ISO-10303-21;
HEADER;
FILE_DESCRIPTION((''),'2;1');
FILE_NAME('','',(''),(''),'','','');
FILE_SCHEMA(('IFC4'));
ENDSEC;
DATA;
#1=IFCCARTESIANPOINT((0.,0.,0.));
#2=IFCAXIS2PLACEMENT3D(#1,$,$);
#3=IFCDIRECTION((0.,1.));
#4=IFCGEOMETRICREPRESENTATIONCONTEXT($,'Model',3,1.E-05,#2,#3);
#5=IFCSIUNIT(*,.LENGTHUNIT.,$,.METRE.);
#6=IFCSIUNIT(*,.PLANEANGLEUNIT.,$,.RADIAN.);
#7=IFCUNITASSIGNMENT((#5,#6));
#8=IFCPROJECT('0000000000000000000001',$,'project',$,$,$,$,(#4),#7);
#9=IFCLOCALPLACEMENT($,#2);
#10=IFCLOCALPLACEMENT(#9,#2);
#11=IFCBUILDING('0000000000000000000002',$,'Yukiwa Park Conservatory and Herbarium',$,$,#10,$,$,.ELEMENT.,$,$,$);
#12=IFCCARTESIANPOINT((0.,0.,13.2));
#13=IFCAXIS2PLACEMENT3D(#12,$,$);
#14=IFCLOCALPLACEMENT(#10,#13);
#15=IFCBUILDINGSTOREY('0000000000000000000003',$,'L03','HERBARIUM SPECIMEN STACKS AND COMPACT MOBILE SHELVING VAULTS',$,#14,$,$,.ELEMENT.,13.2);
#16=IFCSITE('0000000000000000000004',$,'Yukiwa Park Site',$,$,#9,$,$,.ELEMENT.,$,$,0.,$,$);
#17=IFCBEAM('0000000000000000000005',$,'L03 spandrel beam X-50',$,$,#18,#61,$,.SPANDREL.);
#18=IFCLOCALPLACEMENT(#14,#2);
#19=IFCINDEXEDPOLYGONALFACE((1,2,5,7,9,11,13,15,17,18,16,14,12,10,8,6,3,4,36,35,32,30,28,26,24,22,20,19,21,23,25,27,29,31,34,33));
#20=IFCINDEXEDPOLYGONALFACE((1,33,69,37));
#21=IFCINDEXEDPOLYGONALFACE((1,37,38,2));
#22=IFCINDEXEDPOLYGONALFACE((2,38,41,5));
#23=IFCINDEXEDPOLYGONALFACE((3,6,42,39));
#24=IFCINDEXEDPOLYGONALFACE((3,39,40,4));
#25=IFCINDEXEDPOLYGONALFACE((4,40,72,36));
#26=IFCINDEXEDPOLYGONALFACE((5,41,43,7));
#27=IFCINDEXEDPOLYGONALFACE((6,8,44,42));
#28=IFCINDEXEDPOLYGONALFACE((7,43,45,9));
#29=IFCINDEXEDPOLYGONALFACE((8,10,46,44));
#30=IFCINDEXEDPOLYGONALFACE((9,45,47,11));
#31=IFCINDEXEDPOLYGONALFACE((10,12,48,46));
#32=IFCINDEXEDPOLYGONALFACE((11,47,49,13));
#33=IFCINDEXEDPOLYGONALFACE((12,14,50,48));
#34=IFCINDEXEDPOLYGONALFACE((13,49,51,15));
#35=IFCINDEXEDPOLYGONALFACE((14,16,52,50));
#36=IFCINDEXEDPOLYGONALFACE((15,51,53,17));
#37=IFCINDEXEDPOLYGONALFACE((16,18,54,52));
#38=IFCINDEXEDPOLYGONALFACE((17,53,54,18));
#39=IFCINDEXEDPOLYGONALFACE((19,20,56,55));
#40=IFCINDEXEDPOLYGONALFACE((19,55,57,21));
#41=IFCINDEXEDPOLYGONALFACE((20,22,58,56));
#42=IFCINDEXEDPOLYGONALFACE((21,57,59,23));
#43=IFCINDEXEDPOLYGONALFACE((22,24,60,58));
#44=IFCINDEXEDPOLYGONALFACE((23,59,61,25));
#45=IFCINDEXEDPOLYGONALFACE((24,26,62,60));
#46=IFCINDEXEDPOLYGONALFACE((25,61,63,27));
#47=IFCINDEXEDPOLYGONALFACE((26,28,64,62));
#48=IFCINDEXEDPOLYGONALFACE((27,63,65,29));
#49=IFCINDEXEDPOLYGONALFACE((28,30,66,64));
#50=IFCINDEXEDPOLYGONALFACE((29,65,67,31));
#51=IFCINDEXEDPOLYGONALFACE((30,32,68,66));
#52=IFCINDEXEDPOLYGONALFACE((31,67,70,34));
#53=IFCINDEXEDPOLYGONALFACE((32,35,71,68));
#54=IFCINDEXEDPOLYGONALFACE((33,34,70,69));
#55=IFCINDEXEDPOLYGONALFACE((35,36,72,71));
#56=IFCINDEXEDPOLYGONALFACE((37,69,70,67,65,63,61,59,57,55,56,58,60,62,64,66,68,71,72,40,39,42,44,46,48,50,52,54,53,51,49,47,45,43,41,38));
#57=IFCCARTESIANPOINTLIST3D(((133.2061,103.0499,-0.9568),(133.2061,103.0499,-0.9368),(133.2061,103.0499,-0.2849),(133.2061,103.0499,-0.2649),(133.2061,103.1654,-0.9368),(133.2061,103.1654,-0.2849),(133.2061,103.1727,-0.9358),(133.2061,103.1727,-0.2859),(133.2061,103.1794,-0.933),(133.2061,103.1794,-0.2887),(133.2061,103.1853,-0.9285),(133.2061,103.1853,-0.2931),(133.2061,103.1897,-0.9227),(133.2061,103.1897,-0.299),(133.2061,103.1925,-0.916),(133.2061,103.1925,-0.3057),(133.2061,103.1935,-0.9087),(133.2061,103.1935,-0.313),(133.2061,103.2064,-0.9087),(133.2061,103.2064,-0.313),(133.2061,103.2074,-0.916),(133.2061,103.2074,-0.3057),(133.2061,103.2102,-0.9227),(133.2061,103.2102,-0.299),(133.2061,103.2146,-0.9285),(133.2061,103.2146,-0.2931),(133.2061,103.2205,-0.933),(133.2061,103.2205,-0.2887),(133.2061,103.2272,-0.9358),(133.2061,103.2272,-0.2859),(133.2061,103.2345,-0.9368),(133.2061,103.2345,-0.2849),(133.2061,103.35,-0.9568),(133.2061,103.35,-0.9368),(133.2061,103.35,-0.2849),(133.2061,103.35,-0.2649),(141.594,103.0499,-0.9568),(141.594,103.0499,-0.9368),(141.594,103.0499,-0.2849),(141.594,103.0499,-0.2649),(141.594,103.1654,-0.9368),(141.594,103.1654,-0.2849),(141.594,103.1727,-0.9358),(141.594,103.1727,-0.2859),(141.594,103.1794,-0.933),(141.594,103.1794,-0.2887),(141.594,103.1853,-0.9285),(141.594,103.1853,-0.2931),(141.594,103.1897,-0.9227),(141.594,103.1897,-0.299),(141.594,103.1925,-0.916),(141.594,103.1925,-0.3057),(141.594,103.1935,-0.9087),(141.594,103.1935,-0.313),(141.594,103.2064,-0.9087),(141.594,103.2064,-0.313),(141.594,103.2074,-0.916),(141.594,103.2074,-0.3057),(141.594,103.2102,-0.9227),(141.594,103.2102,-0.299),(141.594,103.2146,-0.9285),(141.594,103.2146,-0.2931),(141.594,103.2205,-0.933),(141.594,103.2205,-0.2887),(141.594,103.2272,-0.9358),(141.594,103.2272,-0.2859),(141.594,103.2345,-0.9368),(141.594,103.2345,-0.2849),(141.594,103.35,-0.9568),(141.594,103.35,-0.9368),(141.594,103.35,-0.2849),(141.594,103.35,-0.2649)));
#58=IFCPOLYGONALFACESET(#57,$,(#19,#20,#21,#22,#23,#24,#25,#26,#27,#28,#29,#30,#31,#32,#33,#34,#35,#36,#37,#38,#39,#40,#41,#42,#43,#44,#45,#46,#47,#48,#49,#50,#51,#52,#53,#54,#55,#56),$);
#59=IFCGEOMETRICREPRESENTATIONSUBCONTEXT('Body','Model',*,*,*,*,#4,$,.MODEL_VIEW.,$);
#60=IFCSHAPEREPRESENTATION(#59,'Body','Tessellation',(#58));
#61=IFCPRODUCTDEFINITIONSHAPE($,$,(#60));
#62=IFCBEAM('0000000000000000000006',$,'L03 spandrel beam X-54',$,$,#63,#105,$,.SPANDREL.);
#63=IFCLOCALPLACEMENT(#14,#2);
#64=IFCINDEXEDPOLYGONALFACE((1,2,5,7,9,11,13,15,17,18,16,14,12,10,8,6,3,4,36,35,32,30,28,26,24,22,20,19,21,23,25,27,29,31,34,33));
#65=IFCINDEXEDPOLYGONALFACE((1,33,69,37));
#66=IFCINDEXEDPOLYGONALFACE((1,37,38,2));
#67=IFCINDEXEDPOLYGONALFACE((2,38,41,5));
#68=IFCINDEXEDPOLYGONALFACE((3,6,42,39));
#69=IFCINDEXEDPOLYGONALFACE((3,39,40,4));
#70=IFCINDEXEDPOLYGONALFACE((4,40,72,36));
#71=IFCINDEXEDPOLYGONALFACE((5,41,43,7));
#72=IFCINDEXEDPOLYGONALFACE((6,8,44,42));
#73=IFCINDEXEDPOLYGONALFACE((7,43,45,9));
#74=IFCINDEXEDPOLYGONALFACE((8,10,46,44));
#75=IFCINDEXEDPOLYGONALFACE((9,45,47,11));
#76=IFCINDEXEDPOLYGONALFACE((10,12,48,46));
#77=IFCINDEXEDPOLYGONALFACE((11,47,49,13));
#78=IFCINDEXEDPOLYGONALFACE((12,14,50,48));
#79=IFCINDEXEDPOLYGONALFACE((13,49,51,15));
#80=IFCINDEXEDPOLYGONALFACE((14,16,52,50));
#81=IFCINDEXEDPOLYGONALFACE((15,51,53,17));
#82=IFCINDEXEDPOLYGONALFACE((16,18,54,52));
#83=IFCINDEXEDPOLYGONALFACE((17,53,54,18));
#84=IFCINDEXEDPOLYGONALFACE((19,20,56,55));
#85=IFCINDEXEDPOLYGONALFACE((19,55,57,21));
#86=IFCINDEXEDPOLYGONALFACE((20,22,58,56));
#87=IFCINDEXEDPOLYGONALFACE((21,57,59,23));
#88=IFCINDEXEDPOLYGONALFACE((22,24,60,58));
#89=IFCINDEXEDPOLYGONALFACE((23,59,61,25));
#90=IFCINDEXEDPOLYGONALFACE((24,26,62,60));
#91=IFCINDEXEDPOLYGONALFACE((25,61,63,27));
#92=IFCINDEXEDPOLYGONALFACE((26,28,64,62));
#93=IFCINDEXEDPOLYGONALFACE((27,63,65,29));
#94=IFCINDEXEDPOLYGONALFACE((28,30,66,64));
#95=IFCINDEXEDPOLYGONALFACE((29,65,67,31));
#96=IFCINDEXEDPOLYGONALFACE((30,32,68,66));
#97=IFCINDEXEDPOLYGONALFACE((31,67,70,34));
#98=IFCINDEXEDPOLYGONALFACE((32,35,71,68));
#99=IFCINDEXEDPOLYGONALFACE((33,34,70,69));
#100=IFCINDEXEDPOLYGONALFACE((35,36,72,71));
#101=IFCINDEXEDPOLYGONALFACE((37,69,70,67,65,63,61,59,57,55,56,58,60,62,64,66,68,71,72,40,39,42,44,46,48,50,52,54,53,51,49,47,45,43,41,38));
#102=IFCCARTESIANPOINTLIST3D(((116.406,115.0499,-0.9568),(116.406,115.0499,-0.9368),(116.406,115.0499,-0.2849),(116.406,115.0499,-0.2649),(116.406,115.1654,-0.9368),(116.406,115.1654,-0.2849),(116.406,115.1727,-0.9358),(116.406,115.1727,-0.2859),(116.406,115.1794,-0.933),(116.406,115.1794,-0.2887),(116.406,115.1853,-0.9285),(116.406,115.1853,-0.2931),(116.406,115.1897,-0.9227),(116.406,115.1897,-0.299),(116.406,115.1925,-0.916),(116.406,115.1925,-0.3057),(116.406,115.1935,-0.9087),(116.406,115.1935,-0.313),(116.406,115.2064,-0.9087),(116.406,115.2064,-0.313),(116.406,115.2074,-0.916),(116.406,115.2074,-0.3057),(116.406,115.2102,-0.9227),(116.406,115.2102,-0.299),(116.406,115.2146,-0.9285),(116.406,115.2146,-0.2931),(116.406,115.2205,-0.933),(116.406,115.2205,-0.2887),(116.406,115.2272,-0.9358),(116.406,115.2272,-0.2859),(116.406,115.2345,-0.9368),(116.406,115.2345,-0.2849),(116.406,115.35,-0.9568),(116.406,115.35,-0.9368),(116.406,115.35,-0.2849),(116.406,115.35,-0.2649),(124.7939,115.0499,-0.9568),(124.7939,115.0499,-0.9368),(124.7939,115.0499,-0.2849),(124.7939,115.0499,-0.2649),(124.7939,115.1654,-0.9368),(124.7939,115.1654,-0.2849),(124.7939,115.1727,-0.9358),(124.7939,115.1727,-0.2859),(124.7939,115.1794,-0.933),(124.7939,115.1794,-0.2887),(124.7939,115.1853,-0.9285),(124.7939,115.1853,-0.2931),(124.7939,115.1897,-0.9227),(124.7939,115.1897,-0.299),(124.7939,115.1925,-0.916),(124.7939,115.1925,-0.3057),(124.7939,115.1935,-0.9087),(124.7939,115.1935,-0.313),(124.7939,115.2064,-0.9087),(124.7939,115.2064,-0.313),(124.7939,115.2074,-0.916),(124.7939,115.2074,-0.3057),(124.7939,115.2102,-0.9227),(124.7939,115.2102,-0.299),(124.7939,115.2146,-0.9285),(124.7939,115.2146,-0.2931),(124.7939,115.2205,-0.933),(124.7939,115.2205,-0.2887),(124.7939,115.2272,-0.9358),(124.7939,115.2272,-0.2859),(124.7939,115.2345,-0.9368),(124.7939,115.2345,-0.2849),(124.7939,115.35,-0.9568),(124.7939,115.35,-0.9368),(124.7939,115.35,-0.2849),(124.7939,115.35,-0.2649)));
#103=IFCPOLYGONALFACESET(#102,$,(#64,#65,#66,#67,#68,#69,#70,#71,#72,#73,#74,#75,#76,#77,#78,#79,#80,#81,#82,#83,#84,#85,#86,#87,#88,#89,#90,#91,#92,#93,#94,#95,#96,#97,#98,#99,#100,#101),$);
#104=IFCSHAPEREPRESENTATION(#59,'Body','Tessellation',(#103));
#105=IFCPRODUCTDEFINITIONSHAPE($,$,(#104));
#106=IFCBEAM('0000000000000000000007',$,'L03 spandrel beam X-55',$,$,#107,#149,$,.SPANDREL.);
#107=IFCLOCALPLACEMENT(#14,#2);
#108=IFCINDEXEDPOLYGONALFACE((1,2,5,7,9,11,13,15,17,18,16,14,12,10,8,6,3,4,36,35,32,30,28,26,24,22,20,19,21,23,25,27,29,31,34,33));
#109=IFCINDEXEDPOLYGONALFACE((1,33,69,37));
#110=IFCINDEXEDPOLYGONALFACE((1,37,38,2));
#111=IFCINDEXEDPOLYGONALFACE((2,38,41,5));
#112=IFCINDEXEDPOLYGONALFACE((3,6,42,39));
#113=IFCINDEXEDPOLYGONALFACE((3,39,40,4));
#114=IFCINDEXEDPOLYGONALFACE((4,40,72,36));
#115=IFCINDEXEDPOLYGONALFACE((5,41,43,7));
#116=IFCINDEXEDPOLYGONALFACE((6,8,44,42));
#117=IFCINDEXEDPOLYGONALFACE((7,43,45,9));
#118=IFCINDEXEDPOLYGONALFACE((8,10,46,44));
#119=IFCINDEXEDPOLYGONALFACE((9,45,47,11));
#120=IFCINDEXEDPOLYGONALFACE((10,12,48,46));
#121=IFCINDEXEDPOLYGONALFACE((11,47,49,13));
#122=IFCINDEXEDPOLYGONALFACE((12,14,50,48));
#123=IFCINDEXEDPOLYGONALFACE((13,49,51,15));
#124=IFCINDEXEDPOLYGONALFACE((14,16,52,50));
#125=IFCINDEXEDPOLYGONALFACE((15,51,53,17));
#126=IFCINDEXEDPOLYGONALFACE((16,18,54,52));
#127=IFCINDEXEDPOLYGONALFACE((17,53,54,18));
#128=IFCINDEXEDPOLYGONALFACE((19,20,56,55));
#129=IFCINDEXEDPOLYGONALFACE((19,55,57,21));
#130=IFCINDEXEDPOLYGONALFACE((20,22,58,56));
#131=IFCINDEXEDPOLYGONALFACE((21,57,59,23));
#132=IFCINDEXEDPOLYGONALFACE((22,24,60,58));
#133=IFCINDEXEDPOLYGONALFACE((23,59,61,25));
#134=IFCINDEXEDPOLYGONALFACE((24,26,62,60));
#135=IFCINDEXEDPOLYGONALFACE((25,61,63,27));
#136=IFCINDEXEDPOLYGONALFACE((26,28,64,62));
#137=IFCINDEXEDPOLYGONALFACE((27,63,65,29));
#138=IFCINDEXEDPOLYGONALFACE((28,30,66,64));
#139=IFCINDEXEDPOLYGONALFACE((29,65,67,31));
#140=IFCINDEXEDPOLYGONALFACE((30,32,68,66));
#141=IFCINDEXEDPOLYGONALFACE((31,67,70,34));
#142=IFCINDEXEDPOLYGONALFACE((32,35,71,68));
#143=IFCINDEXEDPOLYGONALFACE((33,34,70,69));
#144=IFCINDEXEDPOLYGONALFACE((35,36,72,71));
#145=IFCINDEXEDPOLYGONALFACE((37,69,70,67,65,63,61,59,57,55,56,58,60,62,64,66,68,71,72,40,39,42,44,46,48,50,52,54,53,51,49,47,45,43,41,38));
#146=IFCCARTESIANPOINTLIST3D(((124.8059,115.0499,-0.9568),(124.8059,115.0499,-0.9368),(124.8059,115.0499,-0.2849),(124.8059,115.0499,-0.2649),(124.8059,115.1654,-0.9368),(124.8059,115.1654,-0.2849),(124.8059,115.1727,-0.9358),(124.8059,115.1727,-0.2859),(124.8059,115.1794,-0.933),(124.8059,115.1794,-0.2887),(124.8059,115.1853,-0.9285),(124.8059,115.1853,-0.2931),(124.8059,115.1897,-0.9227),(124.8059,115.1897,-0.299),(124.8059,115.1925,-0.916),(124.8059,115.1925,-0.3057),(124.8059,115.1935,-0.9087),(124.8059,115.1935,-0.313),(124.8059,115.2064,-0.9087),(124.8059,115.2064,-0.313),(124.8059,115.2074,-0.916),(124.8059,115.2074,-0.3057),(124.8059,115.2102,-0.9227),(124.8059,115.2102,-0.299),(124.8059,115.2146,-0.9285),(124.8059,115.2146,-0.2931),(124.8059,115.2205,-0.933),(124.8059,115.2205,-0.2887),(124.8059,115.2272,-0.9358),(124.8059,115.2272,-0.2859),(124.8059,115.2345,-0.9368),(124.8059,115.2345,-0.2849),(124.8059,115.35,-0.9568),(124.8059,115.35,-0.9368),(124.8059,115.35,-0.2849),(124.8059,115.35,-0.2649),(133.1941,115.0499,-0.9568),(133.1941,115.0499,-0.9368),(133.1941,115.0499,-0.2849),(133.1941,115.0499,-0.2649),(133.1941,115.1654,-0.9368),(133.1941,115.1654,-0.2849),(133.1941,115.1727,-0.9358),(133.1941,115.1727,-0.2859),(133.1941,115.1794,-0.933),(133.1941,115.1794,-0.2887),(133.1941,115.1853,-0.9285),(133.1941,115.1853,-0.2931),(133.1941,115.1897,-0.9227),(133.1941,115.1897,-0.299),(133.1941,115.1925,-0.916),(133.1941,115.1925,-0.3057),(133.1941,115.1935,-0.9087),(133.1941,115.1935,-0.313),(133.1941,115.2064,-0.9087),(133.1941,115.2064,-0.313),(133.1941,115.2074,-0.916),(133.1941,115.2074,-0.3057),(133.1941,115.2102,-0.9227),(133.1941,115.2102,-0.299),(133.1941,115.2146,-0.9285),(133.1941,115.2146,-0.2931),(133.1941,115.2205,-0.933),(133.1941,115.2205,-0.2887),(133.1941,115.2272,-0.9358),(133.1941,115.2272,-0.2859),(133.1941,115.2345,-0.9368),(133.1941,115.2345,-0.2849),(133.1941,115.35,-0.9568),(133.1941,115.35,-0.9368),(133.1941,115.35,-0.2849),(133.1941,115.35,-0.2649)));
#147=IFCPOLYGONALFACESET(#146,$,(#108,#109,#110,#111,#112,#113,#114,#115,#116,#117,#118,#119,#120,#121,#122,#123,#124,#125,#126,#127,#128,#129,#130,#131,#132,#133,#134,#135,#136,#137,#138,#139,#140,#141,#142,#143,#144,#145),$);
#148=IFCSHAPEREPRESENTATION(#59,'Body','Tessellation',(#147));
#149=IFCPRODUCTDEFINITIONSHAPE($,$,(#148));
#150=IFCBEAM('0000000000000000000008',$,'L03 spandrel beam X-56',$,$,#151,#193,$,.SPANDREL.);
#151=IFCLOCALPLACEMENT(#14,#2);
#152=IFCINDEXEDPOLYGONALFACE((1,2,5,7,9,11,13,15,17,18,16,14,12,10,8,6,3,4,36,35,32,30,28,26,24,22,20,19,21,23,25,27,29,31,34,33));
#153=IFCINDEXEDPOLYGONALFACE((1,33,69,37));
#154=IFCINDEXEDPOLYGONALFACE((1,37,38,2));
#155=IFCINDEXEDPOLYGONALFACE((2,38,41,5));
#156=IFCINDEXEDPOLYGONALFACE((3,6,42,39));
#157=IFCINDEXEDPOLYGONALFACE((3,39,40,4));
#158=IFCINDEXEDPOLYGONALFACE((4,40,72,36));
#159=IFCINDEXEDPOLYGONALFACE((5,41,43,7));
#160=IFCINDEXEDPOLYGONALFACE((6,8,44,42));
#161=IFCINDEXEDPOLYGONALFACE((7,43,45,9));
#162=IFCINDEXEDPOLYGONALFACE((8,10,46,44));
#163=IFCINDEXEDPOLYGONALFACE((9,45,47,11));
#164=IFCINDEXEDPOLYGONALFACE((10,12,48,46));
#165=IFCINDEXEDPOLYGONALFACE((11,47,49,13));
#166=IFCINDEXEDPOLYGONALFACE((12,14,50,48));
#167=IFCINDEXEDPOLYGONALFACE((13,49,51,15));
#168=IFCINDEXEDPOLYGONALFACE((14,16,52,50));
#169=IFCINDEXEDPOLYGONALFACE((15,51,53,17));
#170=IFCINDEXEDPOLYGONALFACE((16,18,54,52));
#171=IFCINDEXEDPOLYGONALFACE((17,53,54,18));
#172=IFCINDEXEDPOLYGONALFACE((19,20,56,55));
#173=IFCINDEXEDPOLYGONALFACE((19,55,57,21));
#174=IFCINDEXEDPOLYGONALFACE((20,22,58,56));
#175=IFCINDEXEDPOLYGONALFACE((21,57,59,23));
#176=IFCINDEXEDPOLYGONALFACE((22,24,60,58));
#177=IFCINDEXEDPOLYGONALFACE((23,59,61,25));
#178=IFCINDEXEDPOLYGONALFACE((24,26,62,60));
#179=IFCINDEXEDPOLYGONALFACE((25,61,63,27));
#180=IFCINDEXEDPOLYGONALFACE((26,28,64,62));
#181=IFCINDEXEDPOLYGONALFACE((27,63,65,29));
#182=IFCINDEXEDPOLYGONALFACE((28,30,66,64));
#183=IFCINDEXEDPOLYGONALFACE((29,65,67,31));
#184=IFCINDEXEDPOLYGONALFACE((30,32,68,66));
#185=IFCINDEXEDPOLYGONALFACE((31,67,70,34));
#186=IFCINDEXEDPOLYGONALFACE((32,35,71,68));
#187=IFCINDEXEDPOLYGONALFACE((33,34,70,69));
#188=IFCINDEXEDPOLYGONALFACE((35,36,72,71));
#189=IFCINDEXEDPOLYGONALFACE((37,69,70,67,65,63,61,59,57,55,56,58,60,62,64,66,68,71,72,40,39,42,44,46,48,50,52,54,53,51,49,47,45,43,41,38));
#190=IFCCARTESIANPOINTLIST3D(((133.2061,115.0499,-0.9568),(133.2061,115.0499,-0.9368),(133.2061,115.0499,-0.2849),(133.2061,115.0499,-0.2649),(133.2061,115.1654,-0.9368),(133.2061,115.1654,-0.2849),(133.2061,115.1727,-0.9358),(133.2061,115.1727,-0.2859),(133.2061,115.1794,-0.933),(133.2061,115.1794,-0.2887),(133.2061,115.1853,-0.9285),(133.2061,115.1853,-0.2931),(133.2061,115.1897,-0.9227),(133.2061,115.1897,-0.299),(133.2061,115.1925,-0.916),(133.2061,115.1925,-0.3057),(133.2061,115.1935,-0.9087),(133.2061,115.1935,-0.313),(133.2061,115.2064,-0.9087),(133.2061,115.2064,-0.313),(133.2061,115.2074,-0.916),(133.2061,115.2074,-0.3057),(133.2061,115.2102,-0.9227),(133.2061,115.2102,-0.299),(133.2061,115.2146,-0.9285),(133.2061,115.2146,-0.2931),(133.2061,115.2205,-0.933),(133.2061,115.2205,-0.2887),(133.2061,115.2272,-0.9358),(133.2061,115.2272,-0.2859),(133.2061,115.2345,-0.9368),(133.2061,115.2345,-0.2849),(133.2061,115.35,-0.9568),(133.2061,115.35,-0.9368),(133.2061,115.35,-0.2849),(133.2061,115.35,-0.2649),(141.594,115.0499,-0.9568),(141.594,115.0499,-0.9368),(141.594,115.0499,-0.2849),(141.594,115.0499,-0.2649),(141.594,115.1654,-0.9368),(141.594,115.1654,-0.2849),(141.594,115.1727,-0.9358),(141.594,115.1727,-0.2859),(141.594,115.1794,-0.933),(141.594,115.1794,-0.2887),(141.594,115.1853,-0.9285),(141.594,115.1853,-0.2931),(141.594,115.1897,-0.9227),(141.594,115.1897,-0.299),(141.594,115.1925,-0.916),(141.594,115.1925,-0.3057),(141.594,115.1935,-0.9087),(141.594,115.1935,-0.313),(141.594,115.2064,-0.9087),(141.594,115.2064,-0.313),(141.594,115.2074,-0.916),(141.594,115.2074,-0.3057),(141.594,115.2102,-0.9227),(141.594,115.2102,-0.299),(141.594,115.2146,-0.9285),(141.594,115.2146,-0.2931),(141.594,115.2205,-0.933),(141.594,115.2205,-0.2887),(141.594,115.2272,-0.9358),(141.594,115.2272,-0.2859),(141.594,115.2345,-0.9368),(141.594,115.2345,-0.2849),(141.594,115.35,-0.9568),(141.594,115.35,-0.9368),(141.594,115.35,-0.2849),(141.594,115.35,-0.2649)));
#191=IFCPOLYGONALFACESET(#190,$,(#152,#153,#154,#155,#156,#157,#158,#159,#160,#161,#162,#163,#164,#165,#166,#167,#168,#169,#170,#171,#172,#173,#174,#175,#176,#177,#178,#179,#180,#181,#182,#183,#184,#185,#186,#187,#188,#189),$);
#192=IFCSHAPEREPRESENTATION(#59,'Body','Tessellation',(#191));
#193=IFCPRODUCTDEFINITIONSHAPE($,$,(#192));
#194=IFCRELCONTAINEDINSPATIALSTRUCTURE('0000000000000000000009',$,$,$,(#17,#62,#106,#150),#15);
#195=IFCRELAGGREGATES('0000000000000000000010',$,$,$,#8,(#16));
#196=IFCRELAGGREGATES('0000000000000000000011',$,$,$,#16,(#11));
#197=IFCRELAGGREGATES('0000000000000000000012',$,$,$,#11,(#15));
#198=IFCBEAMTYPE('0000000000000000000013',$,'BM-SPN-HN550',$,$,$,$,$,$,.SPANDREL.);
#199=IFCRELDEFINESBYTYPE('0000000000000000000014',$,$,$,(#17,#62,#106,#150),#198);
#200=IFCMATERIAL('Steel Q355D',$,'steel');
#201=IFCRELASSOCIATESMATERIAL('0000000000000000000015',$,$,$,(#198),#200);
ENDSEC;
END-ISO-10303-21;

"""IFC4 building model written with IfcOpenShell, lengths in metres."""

from ifc_helpers import new_model, si_unit, direction, frame, origin, origin_2d, place, context, subcontext, project, spatial, i_section, extrude, material, material_profile, profile_set, type_object, element, save


model = new_model("IFC4")

# Units and contexts
model_context = context("Model", 3, precision=1e-05, world=origin(), true_north=direction((0.0, 1.0)))
body_context = subcontext(model_context, "Body", "Model", "MODEL_VIEW")
ifc_project = project(units=[si_unit("LENGTHUNIT", "METRE"), si_unit("PLANEANGLEUNIT", "RADIAN")], contexts=[model_context])

# Site, building, storey
site_placement = place(None, origin())
site = spatial("IfcSite", under=ifc_project, at=site_placement, Name="Yukiwa Park Site", CompositionType="ELEMENT", RefElevation=0.0)
building_placement = place(site_placement, origin())
building = spatial("IfcBuilding", under=site, at=building_placement, Name="Yukiwa Park Conservatory and Herbarium", CompositionType="ELEMENT")
storey_placement = place(building_placement, frame((0.0, 0.0, 13.2)))
storey = spatial("IfcBuildingStorey", under=building, at=storey_placement, Name="L03", Description="HERBARIUM SPECIMEN STACKS AND COMPACT MOBILE SHELVING VAULTS", CompositionType="ELEMENT", Elevation=13.2)

# Beams
ifc_material_1 = material(Name="Steel Q355D", Category="steel")
ifc_material_profile_1 = material_profile(ifc_material_1, i_section(OverallWidth=0.3, OverallDepth=0.6919, WebThickness=0.0129, FlangeThickness=0.02, FilletRadius=0.0281, at=origin_2d()), Name="HN 692x300x13x20")
ifc_profile_set_1 = profile_set([ifc_material_profile_1], Name="Steel Q355D")
beam_type_1 = type_object("IfcBeamType", Name="BM-SPN-HN550", PredefinedType="SPANDREL", material=ifc_profile_set_1)
for number, where, z_axis, x_axis, name in (
    (1, (133.2061, 103.2, -0.6108), (1.0, 0.0, 0.0), (0.0, 1.0, 0.0), "L03 spandrel beam X-50"),
    (2, (116.406, 115.2, -0.6108), (1.0, 0.0, 0.0), (0.0, 1.0, 0.0), "L03 spandrel beam X-54"),
):
    element("IfcBeam", number, at=place(storey_placement, frame(where, z_axis=z_axis, x_axis=x_axis)), inside=storey, type_object=beam_type_1, Name=name, PredefinedType="SPANDREL", context=body_context, shape_type="SweptSolid", body=[
        extrude(i_section(OverallWidth=0.3, OverallDepth=0.6919, WebThickness=0.0129, FlangeThickness=0.02, FilletRadius=0.0281, at=origin_2d()), origin(), (0.0, 0.0, 1.0), 8.3879),
    ])
beam_1_placement = place(storey_placement, frame((124.8059, 115.2, -0.6108), z_axis=(1.0, 0.0, 0.0), x_axis=(0.0, 1.0, 0.0)))
element("IfcBeam", 3, at=beam_1_placement, inside=storey, type_object=beam_type_1, Name="L03 spandrel beam X-55", PredefinedType="SPANDREL", context=body_context, shape_type="SweptSolid", body=[
    extrude(i_section(OverallWidth=0.3, OverallDepth=0.6919, WebThickness=0.0129, FlangeThickness=0.02, FilletRadius=0.0281, at=origin_2d()), origin(), (0.0, 0.0, 1.0), 8.3882),
])
beam_2_placement = place(storey_placement, frame((133.2061, 115.2, -0.6108), z_axis=(1.0, 0.0, 0.0), x_axis=(0.0, 1.0, 0.0)))
element("IfcBeam", 4, at=beam_2_placement, inside=storey, type_object=beam_type_1, Name="L03 spandrel beam X-56", PredefinedType="SPANDREL", context=body_context, shape_type="SweptSolid", body=[
    extrude(i_section(OverallWidth=0.3, OverallDepth=0.6919, WebThickness=0.0129, FlangeThickness=0.02, FilletRadius=0.0281, at=origin_2d()), origin(), (0.0, 0.0, 1.0), 8.3879),
])

save(model, "model.ifc")
